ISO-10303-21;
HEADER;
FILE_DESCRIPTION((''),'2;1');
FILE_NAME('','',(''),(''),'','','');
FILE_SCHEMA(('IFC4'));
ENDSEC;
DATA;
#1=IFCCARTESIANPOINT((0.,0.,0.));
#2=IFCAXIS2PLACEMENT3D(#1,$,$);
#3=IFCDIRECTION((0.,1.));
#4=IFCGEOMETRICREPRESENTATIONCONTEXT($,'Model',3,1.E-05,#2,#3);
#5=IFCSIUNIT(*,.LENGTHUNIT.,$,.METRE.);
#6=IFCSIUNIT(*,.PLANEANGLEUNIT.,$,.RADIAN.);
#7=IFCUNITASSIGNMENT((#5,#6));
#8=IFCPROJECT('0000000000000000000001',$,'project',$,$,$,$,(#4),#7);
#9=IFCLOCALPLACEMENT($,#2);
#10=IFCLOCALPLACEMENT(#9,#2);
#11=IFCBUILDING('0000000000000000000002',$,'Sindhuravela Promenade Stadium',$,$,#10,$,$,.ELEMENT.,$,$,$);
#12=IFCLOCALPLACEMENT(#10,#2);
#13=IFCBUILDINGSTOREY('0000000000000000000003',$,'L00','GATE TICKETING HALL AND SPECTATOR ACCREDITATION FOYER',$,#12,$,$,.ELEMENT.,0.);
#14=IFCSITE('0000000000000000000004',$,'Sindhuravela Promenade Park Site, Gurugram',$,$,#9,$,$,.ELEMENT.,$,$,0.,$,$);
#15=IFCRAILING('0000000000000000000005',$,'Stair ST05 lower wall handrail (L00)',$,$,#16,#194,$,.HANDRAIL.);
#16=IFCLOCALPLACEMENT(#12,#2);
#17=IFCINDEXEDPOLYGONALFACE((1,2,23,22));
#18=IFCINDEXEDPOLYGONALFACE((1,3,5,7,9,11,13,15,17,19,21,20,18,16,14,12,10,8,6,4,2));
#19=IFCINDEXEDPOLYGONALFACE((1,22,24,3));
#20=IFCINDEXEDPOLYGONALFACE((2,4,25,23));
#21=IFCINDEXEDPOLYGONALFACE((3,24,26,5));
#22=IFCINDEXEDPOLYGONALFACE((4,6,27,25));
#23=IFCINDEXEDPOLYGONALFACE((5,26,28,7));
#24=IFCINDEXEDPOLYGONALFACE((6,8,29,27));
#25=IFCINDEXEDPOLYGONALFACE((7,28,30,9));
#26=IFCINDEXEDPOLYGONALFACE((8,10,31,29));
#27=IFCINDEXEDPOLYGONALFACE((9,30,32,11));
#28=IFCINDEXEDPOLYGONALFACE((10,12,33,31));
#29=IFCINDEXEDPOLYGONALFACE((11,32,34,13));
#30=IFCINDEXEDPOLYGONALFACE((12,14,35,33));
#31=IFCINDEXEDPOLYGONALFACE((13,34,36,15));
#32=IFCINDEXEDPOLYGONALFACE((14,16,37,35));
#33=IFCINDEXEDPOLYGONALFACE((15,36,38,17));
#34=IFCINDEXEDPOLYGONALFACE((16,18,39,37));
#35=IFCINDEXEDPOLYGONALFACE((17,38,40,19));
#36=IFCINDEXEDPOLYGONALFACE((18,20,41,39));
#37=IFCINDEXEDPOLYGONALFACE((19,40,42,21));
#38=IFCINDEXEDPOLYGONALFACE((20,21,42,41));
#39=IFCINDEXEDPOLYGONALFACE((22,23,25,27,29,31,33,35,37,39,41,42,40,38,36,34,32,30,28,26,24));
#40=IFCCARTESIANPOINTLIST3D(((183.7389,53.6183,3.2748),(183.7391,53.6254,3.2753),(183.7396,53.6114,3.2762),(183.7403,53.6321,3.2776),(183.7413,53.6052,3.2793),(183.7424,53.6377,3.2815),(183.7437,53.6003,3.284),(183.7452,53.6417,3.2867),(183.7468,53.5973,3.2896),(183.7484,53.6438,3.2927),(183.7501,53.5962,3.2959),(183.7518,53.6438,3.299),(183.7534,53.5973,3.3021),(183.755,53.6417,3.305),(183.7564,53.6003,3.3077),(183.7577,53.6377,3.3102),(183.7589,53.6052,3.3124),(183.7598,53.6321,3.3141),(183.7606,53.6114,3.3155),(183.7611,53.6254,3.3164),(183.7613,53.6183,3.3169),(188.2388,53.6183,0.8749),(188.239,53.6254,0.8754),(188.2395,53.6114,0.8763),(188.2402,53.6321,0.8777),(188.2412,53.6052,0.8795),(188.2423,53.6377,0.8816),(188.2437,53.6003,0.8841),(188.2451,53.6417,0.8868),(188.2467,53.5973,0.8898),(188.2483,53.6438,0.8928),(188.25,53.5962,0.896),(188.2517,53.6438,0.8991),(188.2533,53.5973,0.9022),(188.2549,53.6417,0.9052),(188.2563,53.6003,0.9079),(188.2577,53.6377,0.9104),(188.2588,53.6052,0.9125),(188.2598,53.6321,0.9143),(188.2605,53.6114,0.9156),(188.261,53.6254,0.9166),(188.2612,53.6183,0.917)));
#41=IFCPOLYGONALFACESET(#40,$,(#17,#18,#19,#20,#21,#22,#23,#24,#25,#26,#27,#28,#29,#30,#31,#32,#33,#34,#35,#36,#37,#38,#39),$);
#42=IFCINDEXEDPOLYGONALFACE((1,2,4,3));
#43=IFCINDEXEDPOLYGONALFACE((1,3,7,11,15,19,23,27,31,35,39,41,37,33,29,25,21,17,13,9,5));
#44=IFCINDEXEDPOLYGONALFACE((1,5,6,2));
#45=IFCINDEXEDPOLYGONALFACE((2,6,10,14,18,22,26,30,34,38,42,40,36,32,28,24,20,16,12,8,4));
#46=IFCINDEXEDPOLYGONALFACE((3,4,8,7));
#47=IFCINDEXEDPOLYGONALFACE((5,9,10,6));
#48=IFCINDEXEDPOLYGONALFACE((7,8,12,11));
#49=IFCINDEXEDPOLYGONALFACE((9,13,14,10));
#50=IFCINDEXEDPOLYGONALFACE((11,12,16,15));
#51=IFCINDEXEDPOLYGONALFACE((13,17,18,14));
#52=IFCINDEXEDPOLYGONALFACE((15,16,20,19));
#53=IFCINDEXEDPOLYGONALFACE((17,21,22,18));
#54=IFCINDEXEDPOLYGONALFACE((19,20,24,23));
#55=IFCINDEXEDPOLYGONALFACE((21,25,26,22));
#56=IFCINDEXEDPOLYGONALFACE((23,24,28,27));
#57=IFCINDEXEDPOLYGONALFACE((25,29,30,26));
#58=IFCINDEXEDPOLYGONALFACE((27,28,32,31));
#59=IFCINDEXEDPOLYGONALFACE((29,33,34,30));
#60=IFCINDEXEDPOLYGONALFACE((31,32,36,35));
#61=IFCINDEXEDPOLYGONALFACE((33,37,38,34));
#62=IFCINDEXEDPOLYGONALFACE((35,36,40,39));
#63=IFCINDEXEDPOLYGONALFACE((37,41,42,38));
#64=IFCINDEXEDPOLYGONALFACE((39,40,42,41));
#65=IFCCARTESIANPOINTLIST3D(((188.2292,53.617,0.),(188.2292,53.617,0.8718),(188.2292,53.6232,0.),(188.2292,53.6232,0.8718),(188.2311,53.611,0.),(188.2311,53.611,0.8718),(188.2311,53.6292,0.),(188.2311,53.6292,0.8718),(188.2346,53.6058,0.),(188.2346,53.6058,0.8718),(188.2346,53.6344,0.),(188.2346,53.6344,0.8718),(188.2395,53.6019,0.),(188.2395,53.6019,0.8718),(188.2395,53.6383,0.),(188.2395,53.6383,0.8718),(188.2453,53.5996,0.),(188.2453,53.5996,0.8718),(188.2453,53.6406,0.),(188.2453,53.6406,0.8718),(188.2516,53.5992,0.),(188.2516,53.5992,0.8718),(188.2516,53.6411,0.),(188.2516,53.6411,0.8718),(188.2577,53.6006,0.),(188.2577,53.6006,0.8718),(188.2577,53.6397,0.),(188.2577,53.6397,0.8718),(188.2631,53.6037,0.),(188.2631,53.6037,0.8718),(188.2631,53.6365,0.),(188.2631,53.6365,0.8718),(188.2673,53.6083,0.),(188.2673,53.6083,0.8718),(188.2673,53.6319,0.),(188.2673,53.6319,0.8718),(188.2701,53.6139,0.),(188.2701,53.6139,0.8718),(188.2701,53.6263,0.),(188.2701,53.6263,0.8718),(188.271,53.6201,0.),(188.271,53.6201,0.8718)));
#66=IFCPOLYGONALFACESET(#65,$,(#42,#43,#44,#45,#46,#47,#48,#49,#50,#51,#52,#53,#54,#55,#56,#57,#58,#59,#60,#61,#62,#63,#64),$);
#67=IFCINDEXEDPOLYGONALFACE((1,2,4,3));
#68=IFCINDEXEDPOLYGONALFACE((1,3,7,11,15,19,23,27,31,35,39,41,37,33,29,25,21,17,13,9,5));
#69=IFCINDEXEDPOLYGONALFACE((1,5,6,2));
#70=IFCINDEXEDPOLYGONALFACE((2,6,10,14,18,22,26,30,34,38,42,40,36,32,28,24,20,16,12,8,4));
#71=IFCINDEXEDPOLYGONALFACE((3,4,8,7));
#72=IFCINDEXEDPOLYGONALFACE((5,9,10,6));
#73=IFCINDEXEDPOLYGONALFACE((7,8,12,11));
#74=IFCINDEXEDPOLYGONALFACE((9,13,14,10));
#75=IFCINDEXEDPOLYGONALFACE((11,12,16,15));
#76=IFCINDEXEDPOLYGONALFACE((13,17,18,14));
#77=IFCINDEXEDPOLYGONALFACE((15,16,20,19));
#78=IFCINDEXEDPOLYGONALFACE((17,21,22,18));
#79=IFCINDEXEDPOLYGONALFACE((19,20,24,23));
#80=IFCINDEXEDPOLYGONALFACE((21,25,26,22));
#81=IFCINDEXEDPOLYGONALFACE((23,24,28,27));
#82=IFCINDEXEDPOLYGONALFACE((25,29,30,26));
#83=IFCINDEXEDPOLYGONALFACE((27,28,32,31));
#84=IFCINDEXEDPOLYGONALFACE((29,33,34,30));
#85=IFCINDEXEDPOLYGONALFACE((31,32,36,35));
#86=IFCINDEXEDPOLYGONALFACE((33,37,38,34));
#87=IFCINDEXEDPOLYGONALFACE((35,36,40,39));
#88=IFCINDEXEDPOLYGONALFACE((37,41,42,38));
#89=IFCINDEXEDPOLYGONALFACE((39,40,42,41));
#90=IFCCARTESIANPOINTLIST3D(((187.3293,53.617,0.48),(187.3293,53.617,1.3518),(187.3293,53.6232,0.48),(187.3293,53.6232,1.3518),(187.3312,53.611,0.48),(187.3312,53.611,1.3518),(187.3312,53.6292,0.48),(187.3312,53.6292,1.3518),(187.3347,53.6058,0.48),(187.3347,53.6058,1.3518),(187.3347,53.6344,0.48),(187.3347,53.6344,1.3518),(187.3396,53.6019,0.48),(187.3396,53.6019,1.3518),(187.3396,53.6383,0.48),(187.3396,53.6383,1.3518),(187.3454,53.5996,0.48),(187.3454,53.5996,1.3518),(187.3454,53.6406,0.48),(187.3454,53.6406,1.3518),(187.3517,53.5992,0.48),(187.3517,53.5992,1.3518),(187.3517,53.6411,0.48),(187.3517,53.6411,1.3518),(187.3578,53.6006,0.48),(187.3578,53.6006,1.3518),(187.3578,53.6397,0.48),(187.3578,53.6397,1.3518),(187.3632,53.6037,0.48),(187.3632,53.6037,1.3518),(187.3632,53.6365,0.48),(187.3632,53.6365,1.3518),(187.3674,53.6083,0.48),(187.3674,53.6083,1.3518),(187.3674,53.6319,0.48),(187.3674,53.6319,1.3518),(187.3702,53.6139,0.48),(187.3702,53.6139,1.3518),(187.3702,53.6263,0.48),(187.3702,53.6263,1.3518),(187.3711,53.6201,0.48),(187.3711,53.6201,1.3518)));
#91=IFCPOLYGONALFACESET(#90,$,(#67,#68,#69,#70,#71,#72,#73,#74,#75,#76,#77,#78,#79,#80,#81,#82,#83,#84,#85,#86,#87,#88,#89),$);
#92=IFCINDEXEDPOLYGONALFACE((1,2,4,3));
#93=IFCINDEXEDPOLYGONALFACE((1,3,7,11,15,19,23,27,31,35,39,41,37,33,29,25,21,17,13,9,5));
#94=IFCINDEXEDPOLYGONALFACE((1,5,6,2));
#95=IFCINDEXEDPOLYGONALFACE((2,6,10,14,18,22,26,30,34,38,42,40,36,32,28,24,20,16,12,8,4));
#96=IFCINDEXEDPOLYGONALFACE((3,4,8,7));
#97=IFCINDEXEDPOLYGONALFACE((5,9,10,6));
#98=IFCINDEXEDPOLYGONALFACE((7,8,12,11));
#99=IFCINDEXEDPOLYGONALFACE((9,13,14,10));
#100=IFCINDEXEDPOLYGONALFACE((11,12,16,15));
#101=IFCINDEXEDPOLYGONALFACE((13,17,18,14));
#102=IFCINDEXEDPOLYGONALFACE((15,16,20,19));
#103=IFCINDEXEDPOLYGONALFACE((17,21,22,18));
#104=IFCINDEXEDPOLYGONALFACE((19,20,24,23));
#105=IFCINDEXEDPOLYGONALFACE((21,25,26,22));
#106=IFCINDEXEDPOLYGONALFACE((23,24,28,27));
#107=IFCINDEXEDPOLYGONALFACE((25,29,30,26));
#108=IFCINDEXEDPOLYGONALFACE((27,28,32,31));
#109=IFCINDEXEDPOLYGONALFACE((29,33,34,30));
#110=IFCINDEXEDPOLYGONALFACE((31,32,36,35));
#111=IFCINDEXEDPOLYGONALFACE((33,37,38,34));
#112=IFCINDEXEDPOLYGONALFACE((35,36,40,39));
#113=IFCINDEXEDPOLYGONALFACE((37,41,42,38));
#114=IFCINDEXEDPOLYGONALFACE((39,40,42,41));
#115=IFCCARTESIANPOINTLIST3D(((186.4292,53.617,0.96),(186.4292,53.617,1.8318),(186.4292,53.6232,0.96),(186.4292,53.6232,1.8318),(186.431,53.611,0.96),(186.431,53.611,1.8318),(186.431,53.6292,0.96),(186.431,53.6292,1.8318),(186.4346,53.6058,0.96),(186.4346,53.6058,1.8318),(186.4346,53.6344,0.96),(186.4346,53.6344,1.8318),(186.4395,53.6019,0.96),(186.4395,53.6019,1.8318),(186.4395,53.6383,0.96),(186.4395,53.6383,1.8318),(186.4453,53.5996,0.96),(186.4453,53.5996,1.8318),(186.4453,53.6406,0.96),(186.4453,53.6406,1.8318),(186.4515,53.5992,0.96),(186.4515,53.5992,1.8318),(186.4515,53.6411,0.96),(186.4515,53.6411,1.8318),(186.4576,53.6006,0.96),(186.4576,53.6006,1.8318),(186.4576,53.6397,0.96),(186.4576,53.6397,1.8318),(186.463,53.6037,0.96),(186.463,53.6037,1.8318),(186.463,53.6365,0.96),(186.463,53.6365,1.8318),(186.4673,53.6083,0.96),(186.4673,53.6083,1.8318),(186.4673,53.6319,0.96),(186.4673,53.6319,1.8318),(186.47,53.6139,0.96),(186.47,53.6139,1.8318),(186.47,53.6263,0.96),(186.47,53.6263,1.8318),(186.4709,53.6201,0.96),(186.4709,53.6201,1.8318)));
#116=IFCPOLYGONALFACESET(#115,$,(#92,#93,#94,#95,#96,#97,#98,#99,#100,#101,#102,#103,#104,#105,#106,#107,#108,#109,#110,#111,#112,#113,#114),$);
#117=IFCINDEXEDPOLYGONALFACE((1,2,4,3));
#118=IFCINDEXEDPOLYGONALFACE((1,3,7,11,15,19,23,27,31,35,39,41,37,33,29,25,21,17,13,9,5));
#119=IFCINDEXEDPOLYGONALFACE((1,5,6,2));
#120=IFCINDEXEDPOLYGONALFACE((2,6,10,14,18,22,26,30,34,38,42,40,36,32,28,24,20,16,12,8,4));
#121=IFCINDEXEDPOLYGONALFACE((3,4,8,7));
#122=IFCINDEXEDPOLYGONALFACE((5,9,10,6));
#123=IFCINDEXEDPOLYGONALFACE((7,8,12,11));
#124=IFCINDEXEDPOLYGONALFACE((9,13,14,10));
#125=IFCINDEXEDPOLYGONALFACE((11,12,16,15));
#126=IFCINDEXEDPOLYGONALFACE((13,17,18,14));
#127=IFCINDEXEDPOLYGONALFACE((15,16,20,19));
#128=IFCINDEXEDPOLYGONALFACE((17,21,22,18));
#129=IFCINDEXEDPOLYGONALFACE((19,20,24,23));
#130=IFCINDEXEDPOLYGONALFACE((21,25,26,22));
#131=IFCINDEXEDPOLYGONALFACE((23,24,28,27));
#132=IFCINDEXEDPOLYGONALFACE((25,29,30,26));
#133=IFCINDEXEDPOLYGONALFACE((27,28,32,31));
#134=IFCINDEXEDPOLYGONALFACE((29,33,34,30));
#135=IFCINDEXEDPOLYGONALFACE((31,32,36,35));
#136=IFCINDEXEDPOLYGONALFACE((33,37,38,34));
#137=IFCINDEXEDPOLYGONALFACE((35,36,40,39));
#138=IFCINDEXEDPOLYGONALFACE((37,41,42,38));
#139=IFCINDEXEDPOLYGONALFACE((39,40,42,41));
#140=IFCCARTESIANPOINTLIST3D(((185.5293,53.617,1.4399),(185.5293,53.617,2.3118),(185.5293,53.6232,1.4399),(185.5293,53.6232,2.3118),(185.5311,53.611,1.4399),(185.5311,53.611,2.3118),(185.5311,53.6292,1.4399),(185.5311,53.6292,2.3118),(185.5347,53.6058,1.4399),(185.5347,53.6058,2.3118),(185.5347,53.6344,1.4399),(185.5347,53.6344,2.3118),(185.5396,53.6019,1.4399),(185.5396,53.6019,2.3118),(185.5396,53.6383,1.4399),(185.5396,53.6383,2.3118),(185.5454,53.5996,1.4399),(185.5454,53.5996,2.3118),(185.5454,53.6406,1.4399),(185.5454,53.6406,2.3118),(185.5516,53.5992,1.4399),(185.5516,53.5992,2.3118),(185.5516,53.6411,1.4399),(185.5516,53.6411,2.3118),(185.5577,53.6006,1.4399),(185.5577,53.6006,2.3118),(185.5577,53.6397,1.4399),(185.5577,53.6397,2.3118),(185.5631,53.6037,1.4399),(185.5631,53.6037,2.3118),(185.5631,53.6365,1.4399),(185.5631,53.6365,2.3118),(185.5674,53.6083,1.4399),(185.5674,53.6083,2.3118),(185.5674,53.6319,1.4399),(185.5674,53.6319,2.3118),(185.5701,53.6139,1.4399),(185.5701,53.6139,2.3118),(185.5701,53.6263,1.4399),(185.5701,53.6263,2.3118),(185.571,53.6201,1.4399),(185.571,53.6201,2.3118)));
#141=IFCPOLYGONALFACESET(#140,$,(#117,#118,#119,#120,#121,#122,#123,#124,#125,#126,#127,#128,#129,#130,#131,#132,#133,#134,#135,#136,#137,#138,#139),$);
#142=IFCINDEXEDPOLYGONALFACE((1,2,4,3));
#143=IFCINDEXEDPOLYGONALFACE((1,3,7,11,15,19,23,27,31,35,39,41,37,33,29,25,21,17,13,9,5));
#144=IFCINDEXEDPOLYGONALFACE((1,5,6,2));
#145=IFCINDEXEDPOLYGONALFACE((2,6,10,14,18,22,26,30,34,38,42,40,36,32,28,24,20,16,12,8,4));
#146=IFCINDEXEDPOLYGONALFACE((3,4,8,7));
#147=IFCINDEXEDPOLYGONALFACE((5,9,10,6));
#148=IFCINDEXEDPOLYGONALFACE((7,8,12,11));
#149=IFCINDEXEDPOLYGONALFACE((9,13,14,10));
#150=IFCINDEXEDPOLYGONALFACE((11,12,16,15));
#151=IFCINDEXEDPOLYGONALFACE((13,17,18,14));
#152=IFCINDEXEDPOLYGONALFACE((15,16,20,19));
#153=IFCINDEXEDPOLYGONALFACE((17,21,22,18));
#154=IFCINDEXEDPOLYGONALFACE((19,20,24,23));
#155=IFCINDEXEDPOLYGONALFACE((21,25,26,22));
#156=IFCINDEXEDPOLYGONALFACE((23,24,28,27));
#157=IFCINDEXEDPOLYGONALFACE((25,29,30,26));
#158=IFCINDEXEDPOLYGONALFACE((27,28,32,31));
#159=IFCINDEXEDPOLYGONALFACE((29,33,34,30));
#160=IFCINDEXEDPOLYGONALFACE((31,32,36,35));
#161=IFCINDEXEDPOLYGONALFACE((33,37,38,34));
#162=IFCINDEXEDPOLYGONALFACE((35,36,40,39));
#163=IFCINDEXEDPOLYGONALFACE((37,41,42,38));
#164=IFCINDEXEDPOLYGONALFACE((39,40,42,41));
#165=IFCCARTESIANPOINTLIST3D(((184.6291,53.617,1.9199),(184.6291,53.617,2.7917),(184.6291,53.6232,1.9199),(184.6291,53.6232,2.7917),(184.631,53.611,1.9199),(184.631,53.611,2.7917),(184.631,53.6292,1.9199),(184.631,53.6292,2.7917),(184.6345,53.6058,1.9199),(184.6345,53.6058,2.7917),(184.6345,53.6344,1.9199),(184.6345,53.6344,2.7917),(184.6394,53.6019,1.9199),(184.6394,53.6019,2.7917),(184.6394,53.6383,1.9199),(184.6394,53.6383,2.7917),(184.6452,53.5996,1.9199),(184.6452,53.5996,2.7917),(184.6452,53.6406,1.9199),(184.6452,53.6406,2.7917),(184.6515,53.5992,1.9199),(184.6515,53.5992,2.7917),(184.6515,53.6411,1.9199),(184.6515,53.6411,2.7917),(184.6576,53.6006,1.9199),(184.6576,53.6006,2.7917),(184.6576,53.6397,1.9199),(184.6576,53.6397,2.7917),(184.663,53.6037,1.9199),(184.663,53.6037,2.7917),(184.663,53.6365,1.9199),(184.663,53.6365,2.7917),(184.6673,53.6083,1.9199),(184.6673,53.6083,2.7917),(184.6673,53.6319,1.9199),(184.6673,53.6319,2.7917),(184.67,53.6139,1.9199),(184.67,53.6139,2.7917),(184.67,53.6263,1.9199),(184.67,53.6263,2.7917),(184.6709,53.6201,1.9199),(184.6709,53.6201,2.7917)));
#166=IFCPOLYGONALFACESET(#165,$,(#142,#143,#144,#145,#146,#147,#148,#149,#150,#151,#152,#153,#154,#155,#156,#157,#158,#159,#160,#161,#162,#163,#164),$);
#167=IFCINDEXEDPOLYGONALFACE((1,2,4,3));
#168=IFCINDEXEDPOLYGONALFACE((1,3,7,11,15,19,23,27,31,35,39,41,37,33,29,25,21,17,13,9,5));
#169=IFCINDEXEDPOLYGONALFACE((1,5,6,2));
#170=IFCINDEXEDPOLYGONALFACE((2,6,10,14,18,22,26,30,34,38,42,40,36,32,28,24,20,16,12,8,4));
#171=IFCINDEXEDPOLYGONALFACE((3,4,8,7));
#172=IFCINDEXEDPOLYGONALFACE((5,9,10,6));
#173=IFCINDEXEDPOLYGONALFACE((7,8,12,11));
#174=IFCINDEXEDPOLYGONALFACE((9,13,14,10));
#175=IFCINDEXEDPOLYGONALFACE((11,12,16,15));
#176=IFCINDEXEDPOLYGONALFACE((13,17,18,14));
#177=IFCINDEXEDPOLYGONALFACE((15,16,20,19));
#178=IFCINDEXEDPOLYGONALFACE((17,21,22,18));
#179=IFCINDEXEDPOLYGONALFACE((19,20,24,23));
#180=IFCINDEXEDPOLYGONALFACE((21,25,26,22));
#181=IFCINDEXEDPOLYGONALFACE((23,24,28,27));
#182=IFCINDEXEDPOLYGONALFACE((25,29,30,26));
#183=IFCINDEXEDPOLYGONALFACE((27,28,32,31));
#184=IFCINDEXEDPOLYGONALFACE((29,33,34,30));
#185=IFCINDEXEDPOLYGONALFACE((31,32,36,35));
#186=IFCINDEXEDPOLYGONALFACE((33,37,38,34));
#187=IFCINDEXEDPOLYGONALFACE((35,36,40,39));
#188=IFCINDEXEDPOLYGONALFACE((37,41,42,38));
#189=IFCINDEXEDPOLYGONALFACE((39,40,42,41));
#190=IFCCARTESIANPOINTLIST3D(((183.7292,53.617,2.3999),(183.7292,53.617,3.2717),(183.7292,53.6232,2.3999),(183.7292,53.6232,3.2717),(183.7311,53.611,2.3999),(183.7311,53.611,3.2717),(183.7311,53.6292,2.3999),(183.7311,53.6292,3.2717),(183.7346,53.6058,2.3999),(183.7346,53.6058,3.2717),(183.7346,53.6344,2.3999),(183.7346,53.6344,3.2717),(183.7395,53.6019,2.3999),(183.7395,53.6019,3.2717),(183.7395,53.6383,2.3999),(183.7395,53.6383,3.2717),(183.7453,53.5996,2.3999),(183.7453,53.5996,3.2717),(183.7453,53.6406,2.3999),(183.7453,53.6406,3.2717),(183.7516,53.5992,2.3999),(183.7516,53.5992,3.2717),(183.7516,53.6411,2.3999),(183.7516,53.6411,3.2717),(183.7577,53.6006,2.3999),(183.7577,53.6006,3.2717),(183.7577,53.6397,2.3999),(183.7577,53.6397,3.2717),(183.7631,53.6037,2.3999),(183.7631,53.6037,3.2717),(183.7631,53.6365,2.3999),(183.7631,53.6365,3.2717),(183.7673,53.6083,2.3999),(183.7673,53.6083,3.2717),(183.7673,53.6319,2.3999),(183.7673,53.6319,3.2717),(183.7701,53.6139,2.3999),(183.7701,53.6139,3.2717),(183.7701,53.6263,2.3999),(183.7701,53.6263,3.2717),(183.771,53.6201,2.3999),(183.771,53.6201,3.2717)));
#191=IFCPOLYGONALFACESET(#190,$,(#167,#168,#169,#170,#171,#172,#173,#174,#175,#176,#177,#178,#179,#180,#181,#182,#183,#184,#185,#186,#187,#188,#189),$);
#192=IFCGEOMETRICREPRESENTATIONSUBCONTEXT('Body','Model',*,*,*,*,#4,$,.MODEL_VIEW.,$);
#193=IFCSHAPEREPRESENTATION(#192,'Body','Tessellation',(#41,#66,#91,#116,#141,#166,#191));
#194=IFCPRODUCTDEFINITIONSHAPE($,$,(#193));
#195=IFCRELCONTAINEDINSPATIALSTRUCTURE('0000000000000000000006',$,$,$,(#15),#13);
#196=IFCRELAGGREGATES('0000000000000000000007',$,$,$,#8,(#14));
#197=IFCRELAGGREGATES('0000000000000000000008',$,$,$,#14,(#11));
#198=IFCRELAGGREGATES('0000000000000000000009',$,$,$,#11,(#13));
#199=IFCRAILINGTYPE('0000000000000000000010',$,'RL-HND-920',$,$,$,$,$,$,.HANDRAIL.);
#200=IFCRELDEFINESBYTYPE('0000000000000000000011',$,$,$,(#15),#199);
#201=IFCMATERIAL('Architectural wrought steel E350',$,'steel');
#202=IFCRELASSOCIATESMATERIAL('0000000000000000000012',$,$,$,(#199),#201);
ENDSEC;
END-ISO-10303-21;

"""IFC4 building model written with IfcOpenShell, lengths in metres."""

from ifc_helpers import new_model, si_unit, direction, frame, origin, origin_2d, place, context, subcontext, project, spatial, circle, extrude, material, type_object, element, save


model = new_model("IFC4")

# Units and contexts
model_context = context("Model", 3, precision=1e-05, world=origin(), true_north=direction((0.0, 1.0)))
body_context = subcontext(model_context, "Body", "Model", "MODEL_VIEW")
ifc_project = project(units=[si_unit("LENGTHUNIT", "METRE"), si_unit("PLANEANGLEUNIT", "RADIAN")], contexts=[model_context])

# Site, building, storey
site_placement = place(None, origin())
site = spatial("IfcSite", under=ifc_project, at=site_placement, Name="Sindhuravela Promenade Park Site, Gurugram", CompositionType="ELEMENT", RefElevation=0.0)
building_placement = place(site_placement, origin())
building = spatial("IfcBuilding", under=site, at=building_placement, Name="Sindhuravela Promenade Stadium", CompositionType="ELEMENT")
storey_placement = place(building_placement, origin())
storey = spatial("IfcBuildingStorey", under=building, at=storey_placement, Name="L00", Description="GATE TICKETING HALL AND SPECTATOR ACCREDITATION FOYER", CompositionType="ELEMENT", Elevation=0.0)

# Railing
ifc_material_1 = material(Name="Architectural wrought steel E350", Category="steel")
railing_type_1 = type_object("IfcRailingType", Name="RL-HND-920", PredefinedType="HANDRAIL", material=ifc_material_1)
railing_1_placement = place(storey_placement, frame((188.25, 53.6201, 0.0)))
element("IfcRailing", 1, at=railing_1_placement, inside=storey, type_object=railing_type_1, Name="Stair ST05 lower wall handrail (L00)", PredefinedType="HANDRAIL", context=body_context, shape_type="SweptSolid", body=[
    extrude(circle(Radius=0.0239, at=origin_2d()), frame((0.0, 0.0, 0.896), z_axis=(-0.882361, 0.0, 0.470573), x_axis=(0.0, -1.0, 0.0)), (0.0, 0.0, 1.0), 5.0999),
    extrude(circle(Radius=0.021, at=origin_2d()), origin(), (0.0, 0.0, 1.0), 0.8718),
    extrude(circle(Radius=0.021, at=origin_2d()), frame((-0.8999, 0.0, 0.48)), (0.0, 0.0, 1.0), 0.8718),
    extrude(circle(Radius=0.021, at=origin_2d()), frame((-1.8, 0.0, 0.96)), (0.0, 0.0, 1.0), 0.8718),
    extrude(circle(Radius=0.021, at=origin_2d()), frame((-2.7, 0.0, 1.4399)), (0.0, 0.0, 1.0), 0.8718),
    extrude(circle(Radius=0.021, at=origin_2d()), frame((-3.6001, 0.0, 1.9199)), (0.0, 0.0, 1.0), 0.8718),
    extrude(circle(Radius=0.021, at=origin_2d()), frame((-4.5, 0.0, 2.3999)), (0.0, 0.0, 1.0), 0.8718),
])

save(model, "model.ifc")
